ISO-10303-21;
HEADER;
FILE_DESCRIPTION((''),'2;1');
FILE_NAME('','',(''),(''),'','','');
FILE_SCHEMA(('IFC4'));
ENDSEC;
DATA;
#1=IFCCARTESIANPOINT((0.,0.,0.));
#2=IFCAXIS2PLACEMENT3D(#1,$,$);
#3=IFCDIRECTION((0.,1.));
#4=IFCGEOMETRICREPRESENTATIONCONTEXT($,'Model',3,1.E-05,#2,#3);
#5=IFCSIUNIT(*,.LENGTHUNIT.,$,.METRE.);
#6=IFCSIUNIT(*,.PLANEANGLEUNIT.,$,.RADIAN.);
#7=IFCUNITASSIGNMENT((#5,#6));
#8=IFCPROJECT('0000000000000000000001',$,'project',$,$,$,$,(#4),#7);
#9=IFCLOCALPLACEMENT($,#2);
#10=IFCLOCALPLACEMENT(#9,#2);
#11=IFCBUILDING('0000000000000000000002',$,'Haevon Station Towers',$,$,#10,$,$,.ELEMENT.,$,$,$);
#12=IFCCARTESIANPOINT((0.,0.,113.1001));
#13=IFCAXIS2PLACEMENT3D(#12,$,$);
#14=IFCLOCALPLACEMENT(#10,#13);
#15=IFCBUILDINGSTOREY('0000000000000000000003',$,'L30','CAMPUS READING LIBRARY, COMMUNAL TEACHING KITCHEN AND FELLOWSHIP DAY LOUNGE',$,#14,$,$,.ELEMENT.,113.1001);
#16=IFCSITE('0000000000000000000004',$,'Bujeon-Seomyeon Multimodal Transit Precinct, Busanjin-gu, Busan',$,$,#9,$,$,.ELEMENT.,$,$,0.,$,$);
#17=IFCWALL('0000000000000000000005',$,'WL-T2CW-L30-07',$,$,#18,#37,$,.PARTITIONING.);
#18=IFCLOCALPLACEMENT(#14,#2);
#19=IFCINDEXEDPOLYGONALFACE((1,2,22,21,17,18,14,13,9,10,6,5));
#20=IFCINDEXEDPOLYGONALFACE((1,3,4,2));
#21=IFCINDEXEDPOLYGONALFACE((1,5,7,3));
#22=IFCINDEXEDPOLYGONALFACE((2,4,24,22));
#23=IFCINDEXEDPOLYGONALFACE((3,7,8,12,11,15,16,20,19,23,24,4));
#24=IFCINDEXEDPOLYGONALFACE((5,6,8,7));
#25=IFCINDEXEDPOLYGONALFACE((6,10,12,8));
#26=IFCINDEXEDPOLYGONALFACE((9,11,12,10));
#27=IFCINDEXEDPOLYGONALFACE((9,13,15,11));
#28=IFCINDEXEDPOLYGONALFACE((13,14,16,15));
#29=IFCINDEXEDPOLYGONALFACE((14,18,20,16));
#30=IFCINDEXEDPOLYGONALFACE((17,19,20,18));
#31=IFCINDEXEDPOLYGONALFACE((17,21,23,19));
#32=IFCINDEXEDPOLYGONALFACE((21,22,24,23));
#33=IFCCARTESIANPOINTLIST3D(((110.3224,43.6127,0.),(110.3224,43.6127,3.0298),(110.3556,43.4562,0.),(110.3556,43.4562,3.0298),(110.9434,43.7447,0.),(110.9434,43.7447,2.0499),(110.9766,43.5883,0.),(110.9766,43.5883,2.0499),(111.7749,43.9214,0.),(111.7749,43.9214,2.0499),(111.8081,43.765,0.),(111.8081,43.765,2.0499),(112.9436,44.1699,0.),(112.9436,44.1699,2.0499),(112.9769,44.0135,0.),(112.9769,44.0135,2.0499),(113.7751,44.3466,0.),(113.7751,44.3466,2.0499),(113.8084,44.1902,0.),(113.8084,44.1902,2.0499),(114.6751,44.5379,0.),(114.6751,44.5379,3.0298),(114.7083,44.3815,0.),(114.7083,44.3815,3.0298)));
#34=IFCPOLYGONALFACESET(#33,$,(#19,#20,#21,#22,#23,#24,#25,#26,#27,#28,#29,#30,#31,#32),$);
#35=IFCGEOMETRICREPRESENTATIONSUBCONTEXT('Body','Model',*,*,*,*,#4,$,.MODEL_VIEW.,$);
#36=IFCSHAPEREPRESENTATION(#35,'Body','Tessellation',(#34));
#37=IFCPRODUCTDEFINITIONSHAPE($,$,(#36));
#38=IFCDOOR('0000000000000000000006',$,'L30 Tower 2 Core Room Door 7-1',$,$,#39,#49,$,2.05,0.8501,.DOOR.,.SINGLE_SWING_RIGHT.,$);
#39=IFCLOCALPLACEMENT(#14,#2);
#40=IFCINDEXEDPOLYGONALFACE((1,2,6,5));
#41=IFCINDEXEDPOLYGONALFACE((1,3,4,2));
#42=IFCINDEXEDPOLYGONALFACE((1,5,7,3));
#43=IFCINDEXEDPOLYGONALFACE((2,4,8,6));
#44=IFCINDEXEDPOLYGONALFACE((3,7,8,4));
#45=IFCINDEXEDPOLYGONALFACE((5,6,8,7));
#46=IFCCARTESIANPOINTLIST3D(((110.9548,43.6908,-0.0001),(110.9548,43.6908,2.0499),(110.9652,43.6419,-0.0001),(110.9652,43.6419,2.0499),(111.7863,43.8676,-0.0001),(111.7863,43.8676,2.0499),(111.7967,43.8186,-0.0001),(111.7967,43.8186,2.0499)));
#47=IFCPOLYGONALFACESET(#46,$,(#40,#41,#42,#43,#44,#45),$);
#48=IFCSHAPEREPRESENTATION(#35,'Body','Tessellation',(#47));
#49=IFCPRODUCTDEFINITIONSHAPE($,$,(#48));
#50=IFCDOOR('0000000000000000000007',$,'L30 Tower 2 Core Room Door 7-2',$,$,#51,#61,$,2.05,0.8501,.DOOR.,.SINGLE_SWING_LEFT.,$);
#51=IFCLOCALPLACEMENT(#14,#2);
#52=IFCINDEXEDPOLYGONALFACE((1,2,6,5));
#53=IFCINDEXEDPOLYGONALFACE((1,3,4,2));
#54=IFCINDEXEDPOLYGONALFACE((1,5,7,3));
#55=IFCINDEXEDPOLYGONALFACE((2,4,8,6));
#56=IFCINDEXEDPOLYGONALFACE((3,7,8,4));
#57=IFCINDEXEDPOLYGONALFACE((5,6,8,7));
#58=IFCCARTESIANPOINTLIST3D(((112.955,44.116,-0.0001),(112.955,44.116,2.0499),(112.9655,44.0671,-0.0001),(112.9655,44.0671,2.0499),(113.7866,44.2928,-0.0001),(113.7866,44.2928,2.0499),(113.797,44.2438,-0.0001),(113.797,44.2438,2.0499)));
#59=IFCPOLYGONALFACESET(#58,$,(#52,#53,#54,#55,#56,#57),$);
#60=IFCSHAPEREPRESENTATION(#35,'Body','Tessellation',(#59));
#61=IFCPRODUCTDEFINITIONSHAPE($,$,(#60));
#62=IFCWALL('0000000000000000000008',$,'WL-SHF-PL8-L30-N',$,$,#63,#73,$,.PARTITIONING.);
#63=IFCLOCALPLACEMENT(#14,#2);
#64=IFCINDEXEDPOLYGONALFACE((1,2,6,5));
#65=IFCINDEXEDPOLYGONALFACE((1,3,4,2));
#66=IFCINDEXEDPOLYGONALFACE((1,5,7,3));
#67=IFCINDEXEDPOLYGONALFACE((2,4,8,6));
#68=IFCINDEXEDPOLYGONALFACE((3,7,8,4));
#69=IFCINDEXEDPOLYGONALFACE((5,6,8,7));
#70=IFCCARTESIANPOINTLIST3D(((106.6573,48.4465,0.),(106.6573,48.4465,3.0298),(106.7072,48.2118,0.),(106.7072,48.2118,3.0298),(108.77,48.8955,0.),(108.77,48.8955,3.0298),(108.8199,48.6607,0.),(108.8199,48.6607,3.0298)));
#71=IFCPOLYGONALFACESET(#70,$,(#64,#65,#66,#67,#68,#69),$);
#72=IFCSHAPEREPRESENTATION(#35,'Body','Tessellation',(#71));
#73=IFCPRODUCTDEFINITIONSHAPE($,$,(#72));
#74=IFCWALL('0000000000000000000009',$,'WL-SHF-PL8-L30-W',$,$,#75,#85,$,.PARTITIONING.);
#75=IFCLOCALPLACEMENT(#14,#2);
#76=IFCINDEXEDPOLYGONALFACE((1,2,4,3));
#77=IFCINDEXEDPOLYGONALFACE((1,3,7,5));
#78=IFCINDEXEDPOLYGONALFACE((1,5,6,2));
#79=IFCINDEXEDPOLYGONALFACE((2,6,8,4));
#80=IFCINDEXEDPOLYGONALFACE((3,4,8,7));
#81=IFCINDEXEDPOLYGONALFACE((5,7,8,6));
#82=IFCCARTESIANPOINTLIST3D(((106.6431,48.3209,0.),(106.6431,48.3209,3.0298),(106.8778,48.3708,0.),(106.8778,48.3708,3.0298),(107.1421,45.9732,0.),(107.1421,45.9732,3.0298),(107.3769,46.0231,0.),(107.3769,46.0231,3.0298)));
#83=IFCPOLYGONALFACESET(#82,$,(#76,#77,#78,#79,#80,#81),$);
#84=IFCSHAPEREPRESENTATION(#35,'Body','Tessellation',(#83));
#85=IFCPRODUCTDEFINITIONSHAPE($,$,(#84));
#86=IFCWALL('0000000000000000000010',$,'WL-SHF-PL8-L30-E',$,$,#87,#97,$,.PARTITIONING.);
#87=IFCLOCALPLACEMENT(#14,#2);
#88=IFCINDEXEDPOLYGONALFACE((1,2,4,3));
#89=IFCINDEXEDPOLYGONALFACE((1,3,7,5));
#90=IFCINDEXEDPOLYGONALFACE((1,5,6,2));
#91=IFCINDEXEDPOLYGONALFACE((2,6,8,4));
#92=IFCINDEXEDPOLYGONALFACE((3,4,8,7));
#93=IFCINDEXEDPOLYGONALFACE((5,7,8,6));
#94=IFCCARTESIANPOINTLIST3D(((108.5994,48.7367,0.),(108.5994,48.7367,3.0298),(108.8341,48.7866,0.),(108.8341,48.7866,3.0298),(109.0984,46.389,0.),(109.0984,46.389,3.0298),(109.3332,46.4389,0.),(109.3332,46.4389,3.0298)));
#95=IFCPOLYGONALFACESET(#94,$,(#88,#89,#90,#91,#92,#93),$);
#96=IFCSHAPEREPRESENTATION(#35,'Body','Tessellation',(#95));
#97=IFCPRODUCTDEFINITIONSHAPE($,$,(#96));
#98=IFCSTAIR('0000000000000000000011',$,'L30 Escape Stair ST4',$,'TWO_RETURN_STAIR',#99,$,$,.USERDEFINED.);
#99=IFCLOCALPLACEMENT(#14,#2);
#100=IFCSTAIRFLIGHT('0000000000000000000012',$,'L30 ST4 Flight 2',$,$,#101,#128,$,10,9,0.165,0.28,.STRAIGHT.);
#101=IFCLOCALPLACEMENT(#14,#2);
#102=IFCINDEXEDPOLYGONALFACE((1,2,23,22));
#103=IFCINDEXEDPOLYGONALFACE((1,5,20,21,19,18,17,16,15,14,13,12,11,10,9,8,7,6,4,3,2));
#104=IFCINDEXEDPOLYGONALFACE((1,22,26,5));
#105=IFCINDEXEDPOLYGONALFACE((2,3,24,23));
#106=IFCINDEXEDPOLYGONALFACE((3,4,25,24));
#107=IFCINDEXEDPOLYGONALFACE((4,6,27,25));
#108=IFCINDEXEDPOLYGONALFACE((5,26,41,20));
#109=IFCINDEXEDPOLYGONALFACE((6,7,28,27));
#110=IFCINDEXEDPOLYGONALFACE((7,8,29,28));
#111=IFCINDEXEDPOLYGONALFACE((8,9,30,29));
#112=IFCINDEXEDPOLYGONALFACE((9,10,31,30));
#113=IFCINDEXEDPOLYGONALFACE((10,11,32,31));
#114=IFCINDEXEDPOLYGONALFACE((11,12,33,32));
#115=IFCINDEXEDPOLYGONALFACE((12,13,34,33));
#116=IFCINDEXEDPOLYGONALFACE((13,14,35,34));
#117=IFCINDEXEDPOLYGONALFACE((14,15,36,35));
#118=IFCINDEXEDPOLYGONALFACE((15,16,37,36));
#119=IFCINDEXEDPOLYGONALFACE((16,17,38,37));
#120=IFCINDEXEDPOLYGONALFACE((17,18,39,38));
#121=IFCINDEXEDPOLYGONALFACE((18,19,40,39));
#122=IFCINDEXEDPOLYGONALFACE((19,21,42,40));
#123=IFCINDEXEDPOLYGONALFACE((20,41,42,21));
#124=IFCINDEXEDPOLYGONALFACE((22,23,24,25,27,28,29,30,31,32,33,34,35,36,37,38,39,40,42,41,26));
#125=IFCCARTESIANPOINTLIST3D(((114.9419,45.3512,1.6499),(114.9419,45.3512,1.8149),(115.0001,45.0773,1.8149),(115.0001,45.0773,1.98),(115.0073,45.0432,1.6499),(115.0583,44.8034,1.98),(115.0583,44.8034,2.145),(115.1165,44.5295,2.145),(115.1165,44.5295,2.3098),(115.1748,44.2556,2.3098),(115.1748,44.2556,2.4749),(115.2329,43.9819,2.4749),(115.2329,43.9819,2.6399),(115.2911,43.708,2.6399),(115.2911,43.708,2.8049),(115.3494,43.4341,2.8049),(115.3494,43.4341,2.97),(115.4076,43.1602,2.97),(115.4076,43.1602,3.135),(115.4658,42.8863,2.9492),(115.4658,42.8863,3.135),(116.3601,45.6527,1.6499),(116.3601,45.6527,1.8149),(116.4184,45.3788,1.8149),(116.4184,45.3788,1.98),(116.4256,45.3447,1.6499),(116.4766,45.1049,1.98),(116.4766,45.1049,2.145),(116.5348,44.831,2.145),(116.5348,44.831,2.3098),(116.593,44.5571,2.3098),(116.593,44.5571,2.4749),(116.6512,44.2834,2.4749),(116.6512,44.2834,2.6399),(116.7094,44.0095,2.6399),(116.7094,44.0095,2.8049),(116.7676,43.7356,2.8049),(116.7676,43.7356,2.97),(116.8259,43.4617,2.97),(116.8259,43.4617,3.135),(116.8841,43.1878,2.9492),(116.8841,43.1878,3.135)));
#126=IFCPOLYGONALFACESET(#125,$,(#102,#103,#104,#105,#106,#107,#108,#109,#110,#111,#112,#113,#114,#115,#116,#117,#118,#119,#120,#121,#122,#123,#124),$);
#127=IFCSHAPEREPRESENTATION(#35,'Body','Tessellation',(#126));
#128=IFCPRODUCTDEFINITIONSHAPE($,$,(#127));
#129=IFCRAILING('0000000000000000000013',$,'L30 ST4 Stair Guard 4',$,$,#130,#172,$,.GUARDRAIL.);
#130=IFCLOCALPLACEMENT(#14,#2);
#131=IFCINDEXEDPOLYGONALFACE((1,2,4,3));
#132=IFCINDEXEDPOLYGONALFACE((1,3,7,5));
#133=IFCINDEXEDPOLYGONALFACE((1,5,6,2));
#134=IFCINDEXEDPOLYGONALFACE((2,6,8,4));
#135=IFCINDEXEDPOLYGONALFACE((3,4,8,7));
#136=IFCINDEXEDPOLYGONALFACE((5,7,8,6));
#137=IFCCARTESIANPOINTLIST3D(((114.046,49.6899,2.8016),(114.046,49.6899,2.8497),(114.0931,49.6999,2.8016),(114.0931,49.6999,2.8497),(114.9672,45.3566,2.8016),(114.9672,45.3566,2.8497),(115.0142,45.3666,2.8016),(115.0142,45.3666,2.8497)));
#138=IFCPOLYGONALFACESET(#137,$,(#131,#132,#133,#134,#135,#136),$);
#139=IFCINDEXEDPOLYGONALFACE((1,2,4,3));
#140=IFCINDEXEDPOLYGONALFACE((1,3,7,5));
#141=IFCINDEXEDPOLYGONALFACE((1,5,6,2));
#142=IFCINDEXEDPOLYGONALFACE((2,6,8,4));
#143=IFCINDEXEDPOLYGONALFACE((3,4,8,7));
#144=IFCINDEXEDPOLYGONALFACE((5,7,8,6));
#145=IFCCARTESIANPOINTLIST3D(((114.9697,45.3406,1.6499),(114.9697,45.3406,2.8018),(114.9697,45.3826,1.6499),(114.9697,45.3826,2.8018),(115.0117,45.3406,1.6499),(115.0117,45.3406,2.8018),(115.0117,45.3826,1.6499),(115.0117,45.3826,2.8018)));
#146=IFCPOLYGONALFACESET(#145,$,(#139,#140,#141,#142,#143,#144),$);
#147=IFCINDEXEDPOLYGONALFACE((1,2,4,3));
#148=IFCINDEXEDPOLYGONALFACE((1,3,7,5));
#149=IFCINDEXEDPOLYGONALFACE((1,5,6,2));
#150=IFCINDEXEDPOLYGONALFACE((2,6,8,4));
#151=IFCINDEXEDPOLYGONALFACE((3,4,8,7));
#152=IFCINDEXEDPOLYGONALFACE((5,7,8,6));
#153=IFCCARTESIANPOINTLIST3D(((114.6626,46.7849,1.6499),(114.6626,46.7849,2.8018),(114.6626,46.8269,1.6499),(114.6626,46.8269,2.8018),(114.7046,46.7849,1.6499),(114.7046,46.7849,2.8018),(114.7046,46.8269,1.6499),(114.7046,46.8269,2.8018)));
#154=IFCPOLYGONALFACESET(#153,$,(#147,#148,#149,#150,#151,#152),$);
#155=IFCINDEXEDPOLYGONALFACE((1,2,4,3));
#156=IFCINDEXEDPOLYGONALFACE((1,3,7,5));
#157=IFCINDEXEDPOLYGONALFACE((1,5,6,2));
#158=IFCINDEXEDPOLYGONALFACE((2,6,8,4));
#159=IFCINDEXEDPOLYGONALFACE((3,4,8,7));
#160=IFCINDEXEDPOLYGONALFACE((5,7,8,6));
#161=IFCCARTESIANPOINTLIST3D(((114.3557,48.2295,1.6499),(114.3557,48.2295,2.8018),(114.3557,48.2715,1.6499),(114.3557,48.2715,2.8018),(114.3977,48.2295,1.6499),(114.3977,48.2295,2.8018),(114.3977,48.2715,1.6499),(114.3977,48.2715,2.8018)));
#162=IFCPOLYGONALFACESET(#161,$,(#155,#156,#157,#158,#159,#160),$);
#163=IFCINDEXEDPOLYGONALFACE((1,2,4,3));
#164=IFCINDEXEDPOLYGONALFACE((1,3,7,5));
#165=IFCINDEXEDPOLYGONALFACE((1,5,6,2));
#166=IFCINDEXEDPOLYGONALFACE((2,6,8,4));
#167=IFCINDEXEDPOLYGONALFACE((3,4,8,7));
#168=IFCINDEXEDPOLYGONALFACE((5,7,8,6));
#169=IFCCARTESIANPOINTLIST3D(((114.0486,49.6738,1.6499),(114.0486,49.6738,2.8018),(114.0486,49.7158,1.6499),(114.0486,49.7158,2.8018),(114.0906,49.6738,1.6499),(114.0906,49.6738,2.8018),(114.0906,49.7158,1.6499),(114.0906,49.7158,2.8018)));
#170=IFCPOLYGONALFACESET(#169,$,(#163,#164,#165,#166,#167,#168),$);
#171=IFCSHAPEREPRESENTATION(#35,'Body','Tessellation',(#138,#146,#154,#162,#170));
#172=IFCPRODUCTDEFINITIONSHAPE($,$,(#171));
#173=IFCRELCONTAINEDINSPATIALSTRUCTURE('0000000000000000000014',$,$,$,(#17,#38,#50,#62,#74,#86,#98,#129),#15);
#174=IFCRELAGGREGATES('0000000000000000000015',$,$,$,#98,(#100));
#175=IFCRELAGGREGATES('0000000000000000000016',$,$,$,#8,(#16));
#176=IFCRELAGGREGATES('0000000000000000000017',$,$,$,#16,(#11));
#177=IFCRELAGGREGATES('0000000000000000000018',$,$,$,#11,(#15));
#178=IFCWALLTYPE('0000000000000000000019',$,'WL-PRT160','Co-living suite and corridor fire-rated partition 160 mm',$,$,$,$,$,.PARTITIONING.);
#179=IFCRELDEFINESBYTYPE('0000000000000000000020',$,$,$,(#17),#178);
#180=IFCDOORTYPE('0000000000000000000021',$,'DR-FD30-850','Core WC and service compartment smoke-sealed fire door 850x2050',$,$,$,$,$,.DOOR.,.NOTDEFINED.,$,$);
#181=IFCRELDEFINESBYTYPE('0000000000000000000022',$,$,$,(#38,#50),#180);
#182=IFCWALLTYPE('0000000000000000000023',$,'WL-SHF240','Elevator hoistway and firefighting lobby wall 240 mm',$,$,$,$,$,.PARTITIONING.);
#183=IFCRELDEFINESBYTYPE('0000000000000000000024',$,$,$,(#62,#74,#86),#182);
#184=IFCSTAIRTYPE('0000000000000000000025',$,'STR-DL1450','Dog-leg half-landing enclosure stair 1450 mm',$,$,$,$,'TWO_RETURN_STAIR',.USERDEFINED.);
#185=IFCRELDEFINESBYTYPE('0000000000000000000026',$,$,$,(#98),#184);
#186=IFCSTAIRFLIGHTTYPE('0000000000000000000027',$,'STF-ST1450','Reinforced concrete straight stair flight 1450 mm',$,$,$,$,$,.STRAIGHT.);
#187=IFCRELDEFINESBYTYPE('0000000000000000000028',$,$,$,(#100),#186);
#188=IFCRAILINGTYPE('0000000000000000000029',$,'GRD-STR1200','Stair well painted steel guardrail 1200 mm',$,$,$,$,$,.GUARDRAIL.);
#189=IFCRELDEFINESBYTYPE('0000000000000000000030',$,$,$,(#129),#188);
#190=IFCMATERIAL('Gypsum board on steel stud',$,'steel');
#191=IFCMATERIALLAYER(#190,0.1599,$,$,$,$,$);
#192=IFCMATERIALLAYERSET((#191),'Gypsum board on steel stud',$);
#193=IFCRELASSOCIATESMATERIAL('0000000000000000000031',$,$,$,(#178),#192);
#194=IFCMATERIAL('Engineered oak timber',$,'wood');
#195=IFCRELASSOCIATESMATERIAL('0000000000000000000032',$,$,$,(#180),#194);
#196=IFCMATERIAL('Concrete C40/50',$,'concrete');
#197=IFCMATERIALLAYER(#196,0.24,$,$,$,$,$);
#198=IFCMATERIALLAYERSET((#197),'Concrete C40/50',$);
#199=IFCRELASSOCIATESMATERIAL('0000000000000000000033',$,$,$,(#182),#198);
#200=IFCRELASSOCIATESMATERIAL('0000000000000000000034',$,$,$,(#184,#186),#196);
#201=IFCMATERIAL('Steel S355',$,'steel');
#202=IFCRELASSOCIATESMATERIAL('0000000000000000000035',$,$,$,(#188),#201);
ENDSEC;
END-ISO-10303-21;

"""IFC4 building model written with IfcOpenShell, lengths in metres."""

from ifc_helpers import new_model, si_unit, direction, frame, frame_2d, origin, origin_2d, place, context, subcontext, project, spatial, polyline, rectangle, outline, extrude, material, layer, layer_set, type_object, element, fill, aggregate, save


model = new_model("IFC4")

# Units and contexts
model_context = context("Model", 3, precision=1e-05, world=origin(), true_north=direction((0.0, 1.0)))
body_context = subcontext(model_context, "Body", "Model", "MODEL_VIEW")
ifc_project = project(units=[si_unit("LENGTHUNIT", "METRE"), si_unit("PLANEANGLEUNIT", "RADIAN")], contexts=[model_context])

# Site, building, storey
site_placement = place(None, origin())
site = spatial("IfcSite", under=ifc_project, at=site_placement, Name="Bujeon-Seomyeon Multimodal Transit Precinct, Busanjin-gu, Busan", CompositionType="ELEMENT", RefElevation=0.0)
building_placement = place(site_placement, origin())
building = spatial("IfcBuilding", under=site, at=building_placement, Name="Haevon Station Towers", CompositionType="ELEMENT")
storey_placement = place(building_placement, frame((0.0, 0.0, 113.1001)))
storey = spatial("IfcBuildingStorey", under=building, at=storey_placement, Name="L30", Description="CAMPUS READING LIBRARY, COMMUNAL TEACHING KITCHEN AND FELLOWSHIP DAY LOUNGE", CompositionType="ELEMENT", Elevation=113.1001)

# Shared definitions
ifc_material_1 = material(Name="Gypsum board on steel stud", Category="steel")
ifc_material_2 = material(Name="Engineered oak timber", Category="wood")

# Shared definitions
ifc_layer_1 = layer(ifc_material_1, 0.1599)
ifc_layer_set_1 = layer_set([ifc_layer_1], Name="Gypsum board on steel stud")
wall_type_1 = type_object("IfcWallType", Name="WL-PRT160", Description="Co-living suite and corridor fire-rated partition 160 mm", PredefinedType="PARTITIONING", material=ifc_layer_set_1)

# Wall, openings, doors
wall_1_placement = place(storey_placement, frame((110.3389, 43.5344, 0.0), z_axis=(0.0, 0.0, 1.0), x_axis=(0.978144, 0.207929, 0.0)))
wall_1 = element("IfcWall", 1, at=wall_1_placement, inside=storey, type_object=wall_type_1, Name="WL-T2CW-L30-07", PredefinedType="PARTITIONING", context=body_context, shape_type="SweptSolid", body=[
    extrude(rectangle(XDim=4.45, YDim=0.1599, at=frame_2d((2.2251, 0.0))), origin(), (0.0, 0.0, 1.0), 3.0298),
])
opening_1_placement = place(wall_1_placement, frame((0.635, 0.0, 0.0)))
opening_1 = element("IfcOpeningElement", 2, at=opening_1_placement, cuts=wall_1, PredefinedType="OPENING", context=body_context, shape_type="SweptSolid", body=[
    extrude(rectangle(XDim=0.8501, YDim=2.05, at=frame_2d((0.425, 1.0249))), frame((0.0, 0.0898, 0.0), z_axis=(0.0, -1.0, 0.0), x_axis=(1.0, 0.0, 0.0)), (0.0, 0.0, 1.0), 0.1799),
])
opening_2_placement = place(wall_1_placement, frame((2.6799, 0.0, 0.0)))
opening_2 = element("IfcOpeningElement", 3, at=opening_2_placement, cuts=wall_1, PredefinedType="OPENING", context=body_context, shape_type="SweptSolid", body=[
    extrude(rectangle(XDim=0.8501, YDim=2.05, at=frame_2d((0.425, 1.0249))), frame((0.0, 0.0898, 0.0), z_axis=(0.0, -1.0, 0.0), x_axis=(1.0, 0.0, 0.0)), (0.0, 0.0, 1.0), 0.1799),
])
door_type_1 = type_object("IfcDoorType", Name="DR-FD30-850", Description="Core WC and service compartment smoke-sealed fire door 850x2050", OperationType="NOTDEFINED", PredefinedType="DOOR", material=ifc_material_2)
door_1_placement = place(opening_1_placement, origin())
door_1 = element("IfcDoor", 4, at=door_1_placement, inside=storey, type_object=door_type_1, Name="L30 Tower 2 Core Room Door 7-1", OperationType="SINGLE_SWING_RIGHT", OverallHeight=2.05, OverallWidth=0.8501, PredefinedType="DOOR", context=body_context, shape_type="SweptSolid", body=[
    extrude(rectangle(XDim=0.8501, YDim=2.05, at=frame_2d((0.425, 1.0249))), frame((0.0, 0.0249, 0.0), z_axis=(0.0, -1.0, 0.0), x_axis=(1.0, 0.0, 0.0)), (0.0, 0.0, 1.0), 0.05),
])
fill(opening_1, door_1)
door_2_placement = place(opening_2_placement, origin())
door_2 = element("IfcDoor", 5, at=door_2_placement, inside=storey, type_object=door_type_1, Name="L30 Tower 2 Core Room Door 7-2", OperationType="SINGLE_SWING_LEFT", OverallHeight=2.05, OverallWidth=0.8501, PredefinedType="DOOR", context=body_context, shape_type="SweptSolid", body=[
    extrude(rectangle(XDim=0.8501, YDim=2.05, at=frame_2d((0.425, 1.0249))), frame((0.0, 0.0249, 0.0), z_axis=(0.0, -1.0, 0.0), x_axis=(1.0, 0.0, 0.0)), (0.0, 0.0, 1.0), 0.05),
])
fill(opening_2, door_2)

# Shared definitions
ifc_material_3 = material(Name="Concrete C40/50", Category="concrete")
ifc_layer_2 = layer(ifc_material_3, 0.24)
ifc_layer_set_2 = layer_set([ifc_layer_2], Name="Concrete C40/50")
wall_type_2 = type_object("IfcWallType", Name="WL-SHF240", Description="Elevator hoistway and firefighting lobby wall 240 mm", PredefinedType="PARTITIONING", material=ifc_layer_set_2)

# Walls
wall_2_placement = place(storey_placement, frame((106.6821, 48.3291, 0.0), z_axis=(0.0, 0.0, 1.0), x_axis=(0.978158, 0.207861, 0.0)))
element("IfcWall", 6, at=wall_2_placement, inside=storey, type_object=wall_type_2, Name="WL-SHF-PL8-L30-N", PredefinedType="PARTITIONING", context=body_context, shape_type="SweptSolid", body=[
    extrude(rectangle(XDim=2.1599, YDim=0.24, at=frame_2d((1.0801, 0.0))), origin(), (0.0, 0.0, 1.0), 3.0298),
])
for number, where, z_axis, x_axis, name in (
    (7, (107.2595, 45.998, 0.0), (0.0, 0.0, 1.0), (-0.207917, 0.978146, 0.0), "WL-SHF-PL8-L30-W"),
    (8, (109.2158, 46.4138, 0.0), (0.0, 0.0, 1.0), (-0.207917, 0.978146, 0.0), "WL-SHF-PL8-L30-E"),
):
    element("IfcWall", number, at=place(storey_placement, frame(where, z_axis=z_axis, x_axis=x_axis)), inside=storey, type_object=wall_type_2, Name=name, PredefinedType="PARTITIONING", context=body_context, shape_type="SweptSolid", body=[
        extrude(rectangle(XDim=2.4001, YDim=0.24, at=frame_2d((1.2002, 0.0))), origin(), (0.0, 0.0, 1.0), 3.0298),
    ])

# Stair, stair flight
stair_type = type_object("IfcStairType", Name="STR-DL1450", Description="Dog-leg half-landing enclosure stair 1450 mm", ElementType="TWO_RETURN_STAIR", PredefinedType="USERDEFINED", material=ifc_material_3)
stair_placement = place(storey_placement, origin())
stair = element("IfcStair", 9, at=stair_placement, inside=storey, type_object=stair_type, Name="L30 Escape Stair ST4", ObjectType="TWO_RETURN_STAIR", PredefinedType="USERDEFINED")
stair_flight_type = type_object("IfcStairFlightType", Name="STF-ST1450", Description="Reinforced concrete straight stair flight 1450 mm", PredefinedType="STRAIGHT", material=ifc_material_3)
stair_flight_placement = place(storey_placement, frame((115.6509, 45.502, 1.6499), z_axis=(0.0, 0.0, 1.0), x_axis=(0.207912, -0.978148, 0.0)))
stair_flight = element("IfcStairFlight", 10, at=stair_flight_placement, type_object=stair_flight_type, Name="L30 ST4 Flight 2", NumberOfRisers=10, NumberOfTreads=9, PredefinedType="STRAIGHT", RiserHeight=0.165, TreadLength=0.28, context=body_context, shape_type="SweptSolid", body=[
    extrude(outline(polyline([(0.0, 0.0), (0.0, 0.165), (0.28, 0.165), (0.28, 0.3301), (0.5601, 0.3301), (0.5601, 0.4951), (0.8401, 0.4951), (0.8401, 0.6599), (1.1201, 0.6599), (1.1201, 0.825), (1.3999, 0.825), (1.3999, 0.99), (1.6799, 0.99), (1.6799, 1.155), (1.96, 1.155), (1.96, 1.3201), (2.24, 1.3201), (2.24, 1.4851), (2.52, 1.4851), (2.52, 1.6499), (2.52, 1.2993), (0.3149, 0.0), (0.0, 0.0)])), frame((0.0, 0.7251, 0.0), z_axis=(0.0, -1.0, 0.0), x_axis=(1.0, 0.0, 0.0)), (0.0, 0.0, 1.0), 1.45),
])
aggregate(stair, [stair_flight])

# Railing
ifc_material_4 = material(Name="Steel S355", Category="steel")
railing_type_1 = type_object("IfcRailingType", Name="GRD-STR1200", Description="Stair well painted steel guardrail 1200 mm", PredefinedType="GUARDRAIL", material=ifc_material_4)
railing_1_placement = place(storey_placement, frame((114.9907, 45.3616, 1.6499)))
element("IfcRailing", 11, at=railing_1_placement, inside=storey, type_object=railing_type_1, Name="L30 ST4 Stair Guard 4", PredefinedType="GUARDRAIL", context=body_context, shape_type="SweptSolid", body=[
    extrude(rectangle(XDim=0.0481, YDim=0.0481, at=origin_2d()), frame((0.0, 0.0, 1.1758), z_axis=(-0.207929, 0.978144, 0.0), x_axis=(-0.978144, -0.207929, 0.0)), (0.0, 0.0, 1.0), 4.4302),
    extrude(rectangle(XDim=0.042, YDim=0.042, at=origin_2d()), origin(), (0.0, 0.0, 1.0), 1.1519),
    extrude(rectangle(XDim=0.042, YDim=0.042, at=origin_2d()), frame((-0.3071, 1.4443, 0.0)), (0.0, 0.0, 1.0), 1.1519),
    extrude(rectangle(XDim=0.042, YDim=0.042, at=origin_2d()), frame((-0.614, 2.8889, 0.0)), (0.0, 0.0, 1.0), 1.1519),
    extrude(rectangle(XDim=0.042, YDim=0.042, at=origin_2d()), frame((-0.9211, 4.3333, 0.0)), (0.0, 0.0, 1.0), 1.1519),
])

save(model, "model.ifc")
